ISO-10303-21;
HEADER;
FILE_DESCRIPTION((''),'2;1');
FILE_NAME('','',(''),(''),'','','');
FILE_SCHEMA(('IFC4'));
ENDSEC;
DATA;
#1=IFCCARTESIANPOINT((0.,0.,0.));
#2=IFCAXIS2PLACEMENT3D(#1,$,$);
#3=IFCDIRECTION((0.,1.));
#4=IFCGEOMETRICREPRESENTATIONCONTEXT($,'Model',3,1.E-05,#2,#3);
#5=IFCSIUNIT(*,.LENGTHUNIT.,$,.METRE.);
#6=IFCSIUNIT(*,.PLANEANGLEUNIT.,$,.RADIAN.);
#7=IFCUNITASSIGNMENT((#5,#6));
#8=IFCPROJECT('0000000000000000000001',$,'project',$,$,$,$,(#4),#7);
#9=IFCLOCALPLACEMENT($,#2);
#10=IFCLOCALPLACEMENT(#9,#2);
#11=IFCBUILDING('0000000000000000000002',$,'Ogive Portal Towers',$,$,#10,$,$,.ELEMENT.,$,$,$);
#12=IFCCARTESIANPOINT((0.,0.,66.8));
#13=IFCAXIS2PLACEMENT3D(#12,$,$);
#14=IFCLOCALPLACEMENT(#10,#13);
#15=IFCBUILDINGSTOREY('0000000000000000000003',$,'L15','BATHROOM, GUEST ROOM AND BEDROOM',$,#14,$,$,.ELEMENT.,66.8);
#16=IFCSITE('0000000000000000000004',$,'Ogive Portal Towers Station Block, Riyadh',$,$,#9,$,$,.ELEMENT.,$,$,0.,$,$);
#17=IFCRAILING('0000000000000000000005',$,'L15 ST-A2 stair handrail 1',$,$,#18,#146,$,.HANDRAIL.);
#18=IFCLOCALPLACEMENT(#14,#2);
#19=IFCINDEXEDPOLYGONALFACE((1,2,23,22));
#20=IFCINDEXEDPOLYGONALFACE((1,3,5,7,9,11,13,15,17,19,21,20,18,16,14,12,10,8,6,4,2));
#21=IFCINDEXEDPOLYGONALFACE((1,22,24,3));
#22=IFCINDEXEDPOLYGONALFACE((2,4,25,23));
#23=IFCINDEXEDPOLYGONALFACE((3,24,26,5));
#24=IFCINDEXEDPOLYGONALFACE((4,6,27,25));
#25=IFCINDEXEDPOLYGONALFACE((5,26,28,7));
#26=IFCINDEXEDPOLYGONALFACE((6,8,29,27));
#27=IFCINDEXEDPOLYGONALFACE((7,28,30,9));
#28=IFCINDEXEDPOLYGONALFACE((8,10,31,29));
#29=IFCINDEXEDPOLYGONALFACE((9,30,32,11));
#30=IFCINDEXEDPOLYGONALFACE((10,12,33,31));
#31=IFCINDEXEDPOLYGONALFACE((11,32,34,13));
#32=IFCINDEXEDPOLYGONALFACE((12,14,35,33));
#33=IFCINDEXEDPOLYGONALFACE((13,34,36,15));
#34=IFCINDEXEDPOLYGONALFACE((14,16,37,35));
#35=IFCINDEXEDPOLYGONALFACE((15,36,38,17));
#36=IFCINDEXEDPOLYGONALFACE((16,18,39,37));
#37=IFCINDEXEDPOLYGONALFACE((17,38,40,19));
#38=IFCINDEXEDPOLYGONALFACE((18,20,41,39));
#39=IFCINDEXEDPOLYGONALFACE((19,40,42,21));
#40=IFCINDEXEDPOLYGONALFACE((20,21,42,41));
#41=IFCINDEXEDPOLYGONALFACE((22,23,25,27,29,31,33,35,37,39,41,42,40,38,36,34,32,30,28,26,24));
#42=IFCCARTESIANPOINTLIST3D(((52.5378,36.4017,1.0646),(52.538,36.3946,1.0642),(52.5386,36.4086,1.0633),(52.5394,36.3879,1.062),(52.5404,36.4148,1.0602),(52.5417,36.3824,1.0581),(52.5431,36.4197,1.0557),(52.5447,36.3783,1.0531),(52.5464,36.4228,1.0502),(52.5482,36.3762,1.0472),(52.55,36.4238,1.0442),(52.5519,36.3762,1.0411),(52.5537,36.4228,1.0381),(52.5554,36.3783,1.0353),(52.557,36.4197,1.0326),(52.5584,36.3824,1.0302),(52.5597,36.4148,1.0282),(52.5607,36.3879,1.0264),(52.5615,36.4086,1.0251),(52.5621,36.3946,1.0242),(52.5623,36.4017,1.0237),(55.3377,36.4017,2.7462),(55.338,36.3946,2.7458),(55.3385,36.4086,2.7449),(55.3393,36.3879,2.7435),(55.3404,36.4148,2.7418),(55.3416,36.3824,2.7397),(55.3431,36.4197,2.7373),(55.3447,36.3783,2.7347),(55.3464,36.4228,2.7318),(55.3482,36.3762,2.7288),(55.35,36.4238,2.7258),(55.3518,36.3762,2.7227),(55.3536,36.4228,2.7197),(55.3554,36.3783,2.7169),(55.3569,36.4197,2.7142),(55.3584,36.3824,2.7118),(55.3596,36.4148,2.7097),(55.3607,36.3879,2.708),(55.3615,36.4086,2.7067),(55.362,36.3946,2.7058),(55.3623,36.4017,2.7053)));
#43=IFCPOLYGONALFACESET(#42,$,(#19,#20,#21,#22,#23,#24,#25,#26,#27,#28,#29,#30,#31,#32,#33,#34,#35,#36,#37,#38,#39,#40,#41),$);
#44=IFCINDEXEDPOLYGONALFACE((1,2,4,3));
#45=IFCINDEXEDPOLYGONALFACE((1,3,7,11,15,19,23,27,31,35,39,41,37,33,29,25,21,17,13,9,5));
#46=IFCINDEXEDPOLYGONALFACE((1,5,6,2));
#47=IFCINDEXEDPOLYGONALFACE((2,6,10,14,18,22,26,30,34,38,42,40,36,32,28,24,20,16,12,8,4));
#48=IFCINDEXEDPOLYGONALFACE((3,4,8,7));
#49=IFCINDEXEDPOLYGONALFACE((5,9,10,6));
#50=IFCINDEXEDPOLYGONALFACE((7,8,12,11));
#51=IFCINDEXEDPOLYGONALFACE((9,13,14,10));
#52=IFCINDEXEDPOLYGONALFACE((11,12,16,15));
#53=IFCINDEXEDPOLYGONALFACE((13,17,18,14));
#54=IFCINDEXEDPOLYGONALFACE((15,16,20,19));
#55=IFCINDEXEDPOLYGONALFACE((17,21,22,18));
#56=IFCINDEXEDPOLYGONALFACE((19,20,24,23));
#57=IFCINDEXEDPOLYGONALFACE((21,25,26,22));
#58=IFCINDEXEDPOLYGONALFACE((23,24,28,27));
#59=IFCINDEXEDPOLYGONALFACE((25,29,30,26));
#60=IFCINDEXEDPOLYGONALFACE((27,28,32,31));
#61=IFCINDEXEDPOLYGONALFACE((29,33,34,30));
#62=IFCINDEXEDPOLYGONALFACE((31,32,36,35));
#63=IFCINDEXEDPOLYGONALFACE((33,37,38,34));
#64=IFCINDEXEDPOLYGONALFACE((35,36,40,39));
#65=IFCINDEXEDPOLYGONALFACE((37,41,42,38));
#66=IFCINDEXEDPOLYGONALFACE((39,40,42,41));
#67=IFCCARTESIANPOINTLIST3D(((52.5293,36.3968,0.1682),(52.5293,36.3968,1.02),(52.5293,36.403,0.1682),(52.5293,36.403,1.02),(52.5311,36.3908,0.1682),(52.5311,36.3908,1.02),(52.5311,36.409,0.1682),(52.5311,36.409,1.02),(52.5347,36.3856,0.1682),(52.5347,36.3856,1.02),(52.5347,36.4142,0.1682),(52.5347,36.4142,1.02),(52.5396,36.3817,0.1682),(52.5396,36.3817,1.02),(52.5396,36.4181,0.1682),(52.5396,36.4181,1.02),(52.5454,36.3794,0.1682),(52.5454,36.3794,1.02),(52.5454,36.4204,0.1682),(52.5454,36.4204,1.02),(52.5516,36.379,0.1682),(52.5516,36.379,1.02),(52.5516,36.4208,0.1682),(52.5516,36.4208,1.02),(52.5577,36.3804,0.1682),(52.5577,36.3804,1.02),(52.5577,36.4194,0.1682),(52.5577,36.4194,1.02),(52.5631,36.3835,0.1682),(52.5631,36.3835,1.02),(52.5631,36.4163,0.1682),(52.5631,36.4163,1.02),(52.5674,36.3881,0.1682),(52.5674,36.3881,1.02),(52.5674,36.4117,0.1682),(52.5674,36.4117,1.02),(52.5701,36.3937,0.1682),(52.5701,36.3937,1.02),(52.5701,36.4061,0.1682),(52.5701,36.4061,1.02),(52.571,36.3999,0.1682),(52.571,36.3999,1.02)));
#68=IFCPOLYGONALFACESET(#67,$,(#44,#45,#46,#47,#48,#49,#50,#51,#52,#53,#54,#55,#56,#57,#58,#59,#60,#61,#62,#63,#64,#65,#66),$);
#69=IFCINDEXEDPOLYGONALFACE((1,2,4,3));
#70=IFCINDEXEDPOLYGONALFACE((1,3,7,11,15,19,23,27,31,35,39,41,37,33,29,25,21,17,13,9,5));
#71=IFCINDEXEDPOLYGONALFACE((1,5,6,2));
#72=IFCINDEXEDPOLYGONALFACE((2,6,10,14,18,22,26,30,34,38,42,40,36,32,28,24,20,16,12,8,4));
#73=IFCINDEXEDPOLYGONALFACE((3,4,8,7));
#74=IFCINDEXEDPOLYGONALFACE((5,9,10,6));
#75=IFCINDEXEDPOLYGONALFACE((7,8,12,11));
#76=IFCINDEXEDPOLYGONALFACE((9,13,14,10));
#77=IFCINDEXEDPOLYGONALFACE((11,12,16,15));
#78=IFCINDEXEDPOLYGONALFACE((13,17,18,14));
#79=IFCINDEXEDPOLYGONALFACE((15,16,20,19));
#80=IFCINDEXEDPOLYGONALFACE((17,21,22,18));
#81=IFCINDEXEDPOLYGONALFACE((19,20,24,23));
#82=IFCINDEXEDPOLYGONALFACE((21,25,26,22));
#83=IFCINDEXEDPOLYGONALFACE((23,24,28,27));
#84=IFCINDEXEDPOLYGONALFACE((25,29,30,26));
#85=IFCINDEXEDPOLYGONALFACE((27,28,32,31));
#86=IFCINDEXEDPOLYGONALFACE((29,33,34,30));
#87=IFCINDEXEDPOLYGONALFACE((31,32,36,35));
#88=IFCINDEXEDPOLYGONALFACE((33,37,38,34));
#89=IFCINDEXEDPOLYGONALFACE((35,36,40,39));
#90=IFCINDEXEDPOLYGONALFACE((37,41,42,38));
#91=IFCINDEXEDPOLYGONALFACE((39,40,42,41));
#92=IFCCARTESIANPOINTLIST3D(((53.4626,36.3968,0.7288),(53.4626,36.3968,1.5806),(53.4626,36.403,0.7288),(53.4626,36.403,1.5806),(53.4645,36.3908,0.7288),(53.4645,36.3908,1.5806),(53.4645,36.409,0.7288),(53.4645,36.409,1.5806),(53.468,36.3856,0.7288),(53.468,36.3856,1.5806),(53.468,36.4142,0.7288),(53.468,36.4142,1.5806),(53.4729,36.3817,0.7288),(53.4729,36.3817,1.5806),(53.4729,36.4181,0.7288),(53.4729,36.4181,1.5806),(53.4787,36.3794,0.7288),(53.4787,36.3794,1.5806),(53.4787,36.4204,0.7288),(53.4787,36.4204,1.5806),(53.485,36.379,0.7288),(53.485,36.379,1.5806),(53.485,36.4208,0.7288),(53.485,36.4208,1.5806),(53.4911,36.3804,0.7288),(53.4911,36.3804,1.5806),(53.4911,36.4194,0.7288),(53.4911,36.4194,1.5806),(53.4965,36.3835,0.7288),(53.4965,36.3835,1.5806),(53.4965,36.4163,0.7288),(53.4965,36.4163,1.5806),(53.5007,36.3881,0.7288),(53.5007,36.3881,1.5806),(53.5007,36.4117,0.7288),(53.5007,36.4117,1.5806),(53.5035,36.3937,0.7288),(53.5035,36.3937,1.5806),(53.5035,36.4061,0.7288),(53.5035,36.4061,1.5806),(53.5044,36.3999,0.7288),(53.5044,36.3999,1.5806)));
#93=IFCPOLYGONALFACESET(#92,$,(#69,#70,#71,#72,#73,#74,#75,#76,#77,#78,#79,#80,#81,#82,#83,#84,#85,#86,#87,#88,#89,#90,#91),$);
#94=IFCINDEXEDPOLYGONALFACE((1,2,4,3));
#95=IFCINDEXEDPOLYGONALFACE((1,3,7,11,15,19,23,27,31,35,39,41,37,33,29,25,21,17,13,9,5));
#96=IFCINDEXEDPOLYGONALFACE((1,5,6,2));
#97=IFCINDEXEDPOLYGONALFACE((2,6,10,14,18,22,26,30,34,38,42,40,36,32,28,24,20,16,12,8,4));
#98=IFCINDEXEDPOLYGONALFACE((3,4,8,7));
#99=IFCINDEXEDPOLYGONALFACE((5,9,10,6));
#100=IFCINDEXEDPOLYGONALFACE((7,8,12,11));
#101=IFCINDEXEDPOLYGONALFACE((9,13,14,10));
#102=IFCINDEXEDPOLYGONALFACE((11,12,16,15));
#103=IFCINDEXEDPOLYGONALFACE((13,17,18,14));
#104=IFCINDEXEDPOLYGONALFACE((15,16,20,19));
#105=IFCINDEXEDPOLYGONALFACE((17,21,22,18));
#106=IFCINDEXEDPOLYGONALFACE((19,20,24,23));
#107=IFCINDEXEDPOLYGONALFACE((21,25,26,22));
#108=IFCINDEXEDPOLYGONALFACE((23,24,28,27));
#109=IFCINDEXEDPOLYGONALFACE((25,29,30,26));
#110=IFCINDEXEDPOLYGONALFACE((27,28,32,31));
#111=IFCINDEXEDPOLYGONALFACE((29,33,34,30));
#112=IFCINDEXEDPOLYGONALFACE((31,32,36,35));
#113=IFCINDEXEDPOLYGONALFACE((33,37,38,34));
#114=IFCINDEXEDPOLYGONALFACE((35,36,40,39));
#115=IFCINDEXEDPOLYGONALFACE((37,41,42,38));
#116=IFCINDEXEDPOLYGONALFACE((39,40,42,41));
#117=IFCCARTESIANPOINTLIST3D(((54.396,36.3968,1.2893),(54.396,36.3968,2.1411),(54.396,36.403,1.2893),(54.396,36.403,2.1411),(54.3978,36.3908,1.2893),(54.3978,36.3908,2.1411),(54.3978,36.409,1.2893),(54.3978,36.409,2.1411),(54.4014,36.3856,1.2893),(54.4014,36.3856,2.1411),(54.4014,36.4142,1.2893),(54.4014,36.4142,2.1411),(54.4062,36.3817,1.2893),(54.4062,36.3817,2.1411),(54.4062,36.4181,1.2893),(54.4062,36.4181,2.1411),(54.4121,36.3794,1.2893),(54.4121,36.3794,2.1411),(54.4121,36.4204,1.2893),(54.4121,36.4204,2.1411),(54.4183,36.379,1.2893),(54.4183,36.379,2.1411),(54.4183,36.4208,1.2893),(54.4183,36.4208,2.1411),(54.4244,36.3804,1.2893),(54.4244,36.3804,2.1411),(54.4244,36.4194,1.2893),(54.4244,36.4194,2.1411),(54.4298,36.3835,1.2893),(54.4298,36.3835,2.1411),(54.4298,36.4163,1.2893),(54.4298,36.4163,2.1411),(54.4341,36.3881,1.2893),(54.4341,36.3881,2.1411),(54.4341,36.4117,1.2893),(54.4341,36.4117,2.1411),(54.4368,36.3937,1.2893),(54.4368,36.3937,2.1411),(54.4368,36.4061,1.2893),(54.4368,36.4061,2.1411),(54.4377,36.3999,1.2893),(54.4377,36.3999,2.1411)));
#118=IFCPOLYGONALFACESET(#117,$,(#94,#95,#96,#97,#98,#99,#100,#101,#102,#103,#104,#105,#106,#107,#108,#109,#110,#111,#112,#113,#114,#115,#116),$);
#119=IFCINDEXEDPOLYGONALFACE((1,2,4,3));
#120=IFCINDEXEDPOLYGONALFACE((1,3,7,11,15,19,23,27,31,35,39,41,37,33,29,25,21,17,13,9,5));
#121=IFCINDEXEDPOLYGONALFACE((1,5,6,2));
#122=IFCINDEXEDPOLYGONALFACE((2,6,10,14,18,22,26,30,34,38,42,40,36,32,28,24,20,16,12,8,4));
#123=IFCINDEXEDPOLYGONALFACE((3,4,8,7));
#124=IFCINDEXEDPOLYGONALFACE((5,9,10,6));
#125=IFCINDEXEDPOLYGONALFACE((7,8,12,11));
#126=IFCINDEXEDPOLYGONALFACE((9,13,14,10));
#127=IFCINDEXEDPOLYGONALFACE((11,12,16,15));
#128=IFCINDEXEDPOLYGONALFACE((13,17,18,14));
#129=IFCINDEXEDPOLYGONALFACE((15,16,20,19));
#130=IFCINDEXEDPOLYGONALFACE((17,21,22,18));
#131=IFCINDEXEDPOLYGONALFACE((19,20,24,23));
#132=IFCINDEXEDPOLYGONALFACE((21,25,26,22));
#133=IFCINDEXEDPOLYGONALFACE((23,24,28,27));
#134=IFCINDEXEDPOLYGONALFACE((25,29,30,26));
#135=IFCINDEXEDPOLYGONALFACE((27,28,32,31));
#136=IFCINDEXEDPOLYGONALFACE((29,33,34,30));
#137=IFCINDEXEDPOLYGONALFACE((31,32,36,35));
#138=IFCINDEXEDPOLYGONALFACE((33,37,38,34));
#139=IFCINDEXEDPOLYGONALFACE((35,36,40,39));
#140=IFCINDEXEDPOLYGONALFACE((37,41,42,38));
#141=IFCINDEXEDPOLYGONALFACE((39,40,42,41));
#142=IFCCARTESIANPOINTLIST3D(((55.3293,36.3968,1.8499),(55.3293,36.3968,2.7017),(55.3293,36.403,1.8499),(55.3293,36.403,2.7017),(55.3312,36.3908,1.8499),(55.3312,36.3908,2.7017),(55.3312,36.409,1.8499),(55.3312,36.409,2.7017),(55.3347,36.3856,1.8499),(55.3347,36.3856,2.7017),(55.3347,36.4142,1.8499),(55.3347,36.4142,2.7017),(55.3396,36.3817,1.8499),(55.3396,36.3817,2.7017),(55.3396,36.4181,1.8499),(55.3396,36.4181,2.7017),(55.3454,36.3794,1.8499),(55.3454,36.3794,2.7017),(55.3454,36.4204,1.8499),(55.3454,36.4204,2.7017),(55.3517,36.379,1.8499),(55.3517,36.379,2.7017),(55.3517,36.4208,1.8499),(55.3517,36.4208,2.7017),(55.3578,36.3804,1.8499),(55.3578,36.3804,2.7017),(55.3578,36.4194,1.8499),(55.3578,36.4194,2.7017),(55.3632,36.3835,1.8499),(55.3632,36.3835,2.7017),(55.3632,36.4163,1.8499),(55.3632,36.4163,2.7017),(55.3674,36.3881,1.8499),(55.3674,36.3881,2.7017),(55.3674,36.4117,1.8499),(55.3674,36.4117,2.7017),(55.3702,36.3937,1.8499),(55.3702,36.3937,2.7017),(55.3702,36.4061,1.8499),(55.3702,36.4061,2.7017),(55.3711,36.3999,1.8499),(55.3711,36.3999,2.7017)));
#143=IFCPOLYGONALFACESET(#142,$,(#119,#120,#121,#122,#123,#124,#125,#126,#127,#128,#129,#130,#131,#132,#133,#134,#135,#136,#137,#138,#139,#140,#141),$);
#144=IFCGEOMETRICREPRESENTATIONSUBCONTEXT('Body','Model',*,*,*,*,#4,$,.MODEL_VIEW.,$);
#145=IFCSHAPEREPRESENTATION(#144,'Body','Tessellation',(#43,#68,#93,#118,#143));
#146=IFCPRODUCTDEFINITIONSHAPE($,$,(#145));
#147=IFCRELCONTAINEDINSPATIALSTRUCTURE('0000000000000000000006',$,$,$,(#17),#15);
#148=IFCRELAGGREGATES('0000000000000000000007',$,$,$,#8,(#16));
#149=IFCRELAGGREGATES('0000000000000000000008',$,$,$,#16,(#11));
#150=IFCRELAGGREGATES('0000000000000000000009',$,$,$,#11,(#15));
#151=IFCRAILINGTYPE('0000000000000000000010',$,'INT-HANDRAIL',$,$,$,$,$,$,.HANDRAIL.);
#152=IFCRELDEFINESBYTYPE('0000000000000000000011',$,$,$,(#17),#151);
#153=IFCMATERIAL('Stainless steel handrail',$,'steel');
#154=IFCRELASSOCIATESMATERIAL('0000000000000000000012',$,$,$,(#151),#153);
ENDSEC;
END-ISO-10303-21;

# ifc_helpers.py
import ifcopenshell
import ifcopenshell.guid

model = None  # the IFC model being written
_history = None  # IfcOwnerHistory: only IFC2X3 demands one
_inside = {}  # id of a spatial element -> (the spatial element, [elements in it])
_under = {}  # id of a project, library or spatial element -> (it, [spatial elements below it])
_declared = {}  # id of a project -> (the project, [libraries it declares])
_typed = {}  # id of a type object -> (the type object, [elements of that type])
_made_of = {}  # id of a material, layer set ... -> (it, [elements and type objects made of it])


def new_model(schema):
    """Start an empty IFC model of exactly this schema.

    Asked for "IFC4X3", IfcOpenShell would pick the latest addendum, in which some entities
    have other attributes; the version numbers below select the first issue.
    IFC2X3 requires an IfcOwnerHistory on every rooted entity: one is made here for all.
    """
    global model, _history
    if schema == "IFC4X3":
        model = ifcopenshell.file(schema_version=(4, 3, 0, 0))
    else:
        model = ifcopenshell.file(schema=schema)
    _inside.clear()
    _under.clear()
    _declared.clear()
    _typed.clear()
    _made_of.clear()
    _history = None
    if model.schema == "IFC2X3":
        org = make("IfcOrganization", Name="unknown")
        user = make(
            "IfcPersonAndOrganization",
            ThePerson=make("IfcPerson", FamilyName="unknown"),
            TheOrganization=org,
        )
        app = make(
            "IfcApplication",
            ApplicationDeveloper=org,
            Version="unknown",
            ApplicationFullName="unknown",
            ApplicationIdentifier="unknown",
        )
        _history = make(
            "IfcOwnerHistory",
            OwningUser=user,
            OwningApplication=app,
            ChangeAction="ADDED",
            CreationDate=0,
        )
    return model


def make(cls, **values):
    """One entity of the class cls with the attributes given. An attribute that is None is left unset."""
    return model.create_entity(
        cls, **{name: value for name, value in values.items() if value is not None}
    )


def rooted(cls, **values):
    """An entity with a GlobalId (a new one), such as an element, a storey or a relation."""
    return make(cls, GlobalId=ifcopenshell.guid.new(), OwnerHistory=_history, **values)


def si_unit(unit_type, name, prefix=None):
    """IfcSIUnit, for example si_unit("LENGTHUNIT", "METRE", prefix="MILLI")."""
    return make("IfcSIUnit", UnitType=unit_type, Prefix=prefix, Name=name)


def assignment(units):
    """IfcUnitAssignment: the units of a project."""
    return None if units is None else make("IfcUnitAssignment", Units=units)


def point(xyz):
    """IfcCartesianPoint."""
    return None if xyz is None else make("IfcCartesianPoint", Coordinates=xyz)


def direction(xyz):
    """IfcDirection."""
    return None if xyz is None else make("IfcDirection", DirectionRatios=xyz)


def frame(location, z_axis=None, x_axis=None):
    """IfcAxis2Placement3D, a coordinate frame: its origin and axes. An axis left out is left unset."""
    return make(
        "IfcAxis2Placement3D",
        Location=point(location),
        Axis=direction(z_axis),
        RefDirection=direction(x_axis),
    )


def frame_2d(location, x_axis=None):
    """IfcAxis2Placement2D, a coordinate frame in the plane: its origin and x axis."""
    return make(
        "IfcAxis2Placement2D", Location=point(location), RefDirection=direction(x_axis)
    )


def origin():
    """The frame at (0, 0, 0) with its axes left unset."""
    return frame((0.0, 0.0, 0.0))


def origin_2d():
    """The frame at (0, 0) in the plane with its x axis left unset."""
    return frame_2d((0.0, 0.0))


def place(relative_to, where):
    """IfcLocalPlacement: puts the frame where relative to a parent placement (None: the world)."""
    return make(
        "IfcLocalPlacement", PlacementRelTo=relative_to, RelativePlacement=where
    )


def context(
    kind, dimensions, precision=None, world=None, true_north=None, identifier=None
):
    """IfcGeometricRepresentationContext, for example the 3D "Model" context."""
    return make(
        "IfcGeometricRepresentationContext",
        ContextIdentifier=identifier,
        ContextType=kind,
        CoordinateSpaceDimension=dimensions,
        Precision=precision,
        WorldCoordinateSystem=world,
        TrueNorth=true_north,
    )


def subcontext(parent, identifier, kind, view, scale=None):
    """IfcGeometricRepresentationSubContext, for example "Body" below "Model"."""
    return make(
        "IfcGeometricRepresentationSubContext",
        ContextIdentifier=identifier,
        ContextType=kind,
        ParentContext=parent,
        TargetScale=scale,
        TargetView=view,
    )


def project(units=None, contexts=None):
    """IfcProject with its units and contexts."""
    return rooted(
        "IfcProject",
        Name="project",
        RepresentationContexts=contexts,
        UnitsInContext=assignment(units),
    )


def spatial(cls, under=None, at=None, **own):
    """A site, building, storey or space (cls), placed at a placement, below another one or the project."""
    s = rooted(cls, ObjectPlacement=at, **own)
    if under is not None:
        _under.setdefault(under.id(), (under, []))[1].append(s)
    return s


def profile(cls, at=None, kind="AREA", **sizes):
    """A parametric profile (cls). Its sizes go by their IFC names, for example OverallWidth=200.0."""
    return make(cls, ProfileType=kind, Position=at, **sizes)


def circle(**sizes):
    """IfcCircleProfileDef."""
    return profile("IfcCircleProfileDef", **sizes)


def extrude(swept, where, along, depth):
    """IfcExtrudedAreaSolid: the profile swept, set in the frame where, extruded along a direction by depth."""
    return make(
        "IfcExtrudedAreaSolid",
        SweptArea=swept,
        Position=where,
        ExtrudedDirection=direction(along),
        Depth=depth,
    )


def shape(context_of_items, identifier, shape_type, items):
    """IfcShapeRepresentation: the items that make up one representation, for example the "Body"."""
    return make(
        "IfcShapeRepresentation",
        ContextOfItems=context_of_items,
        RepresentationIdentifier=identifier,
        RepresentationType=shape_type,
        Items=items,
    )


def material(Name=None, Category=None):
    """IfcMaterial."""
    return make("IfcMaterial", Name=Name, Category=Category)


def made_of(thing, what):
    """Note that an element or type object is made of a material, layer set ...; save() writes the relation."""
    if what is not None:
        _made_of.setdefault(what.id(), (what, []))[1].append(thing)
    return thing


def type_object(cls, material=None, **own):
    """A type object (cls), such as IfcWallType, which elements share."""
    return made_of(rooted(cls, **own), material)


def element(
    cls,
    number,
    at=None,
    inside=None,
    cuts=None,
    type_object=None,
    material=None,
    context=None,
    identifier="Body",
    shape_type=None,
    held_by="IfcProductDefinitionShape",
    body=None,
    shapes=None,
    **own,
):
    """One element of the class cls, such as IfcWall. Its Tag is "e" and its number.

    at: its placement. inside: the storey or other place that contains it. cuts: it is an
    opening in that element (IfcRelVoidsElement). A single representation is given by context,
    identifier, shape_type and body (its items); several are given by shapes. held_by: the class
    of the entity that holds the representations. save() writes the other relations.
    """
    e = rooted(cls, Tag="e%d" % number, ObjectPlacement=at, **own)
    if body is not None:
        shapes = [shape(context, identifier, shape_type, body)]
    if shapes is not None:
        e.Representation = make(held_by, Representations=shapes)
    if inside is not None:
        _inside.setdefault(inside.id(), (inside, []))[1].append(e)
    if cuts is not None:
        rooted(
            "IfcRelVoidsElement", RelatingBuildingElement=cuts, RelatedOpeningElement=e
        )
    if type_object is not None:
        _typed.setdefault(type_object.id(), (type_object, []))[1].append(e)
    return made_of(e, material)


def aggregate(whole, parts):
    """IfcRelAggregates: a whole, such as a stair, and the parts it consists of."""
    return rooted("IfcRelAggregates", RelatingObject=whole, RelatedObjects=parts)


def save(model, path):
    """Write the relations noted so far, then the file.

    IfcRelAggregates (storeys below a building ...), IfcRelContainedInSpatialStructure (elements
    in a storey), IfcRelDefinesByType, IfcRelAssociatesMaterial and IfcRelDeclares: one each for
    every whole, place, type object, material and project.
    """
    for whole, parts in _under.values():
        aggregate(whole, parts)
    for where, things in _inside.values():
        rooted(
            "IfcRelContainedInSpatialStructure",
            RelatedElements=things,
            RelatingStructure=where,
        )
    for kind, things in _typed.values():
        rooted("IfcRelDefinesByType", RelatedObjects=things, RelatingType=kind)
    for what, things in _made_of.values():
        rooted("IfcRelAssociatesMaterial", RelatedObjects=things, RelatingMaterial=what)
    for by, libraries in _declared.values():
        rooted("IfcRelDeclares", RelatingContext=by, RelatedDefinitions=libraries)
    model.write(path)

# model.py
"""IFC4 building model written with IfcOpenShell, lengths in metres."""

from ifc_helpers import new_model, si_unit, direction, frame, origin, origin_2d, place, context, subcontext, project, spatial, circle, extrude, material, type_object, element, save


model = new_model("IFC4")

# Units and contexts
model_context = context("Model", 3, precision=1e-05, world=origin(), true_north=direction((0.0, 1.0)))
body_context = subcontext(model_context, "Body", "Model", "MODEL_VIEW")
ifc_project = project(units=[si_unit("LENGTHUNIT", "METRE"), si_unit("PLANEANGLEUNIT", "RADIAN")], contexts=[model_context])

# Site, building, storey
site_placement = place(None, origin())
site = spatial("IfcSite", under=ifc_project, at=site_placement, Name="Ogive Portal Towers Station Block, Riyadh", CompositionType="ELEMENT", RefElevation=0.0)
building_placement = place(site_placement, origin())
building = spatial("IfcBuilding", under=site, at=building_placement, Name="Ogive Portal Towers", CompositionType="ELEMENT")
storey_placement = place(building_placement, frame((0.0, 0.0, 66.8)))
storey = spatial("IfcBuildingStorey", under=building, at=storey_placement, Name="L15", Description="BATHROOM, GUEST ROOM AND BEDROOM", CompositionType="ELEMENT", Elevation=66.8)

# Railing
ifc_material_1 = material(Name="Stainless steel handrail", Category="steel")
railing_type_1 = type_object("IfcRailingType", Name="INT-HANDRAIL", PredefinedType="HANDRAIL", material=ifc_material_1)
railing_1_placement = place(storey_placement, frame((52.55, 36.3999, 0.1682)))
element("IfcRailing", 1, at=railing_1_placement, inside=storey, type_object=railing_type_1, Name="L15 ST-A2 stair handrail 1", PredefinedType="HANDRAIL", context=body_context, shape_type="SweptSolid", body=[
    extrude(circle(Radius=0.0239, at=origin_2d()), frame((0.0, 0.0, 0.876), z_axis=(0.857275, 0.0, 0.514858), x_axis=(0.0, 1.0, 0.0)), (0.0, 0.0, 1.0), 3.2661),
    extrude(circle(Radius=0.021, at=origin_2d()), origin(), (0.0, 0.0, 1.0), 0.8518),
    extrude(circle(Radius=0.021, at=origin_2d()), frame((0.9333, 0.0, 0.5605)), (0.0, 0.0, 1.0), 0.8518),
    extrude(circle(Radius=0.021, at=origin_2d()), frame((1.8667, 0.0, 1.1211)), (0.0, 0.0, 1.0), 0.8518),
    extrude(circle(Radius=0.021, at=origin_2d()), frame((2.8, 0.0, 1.6816)), (0.0, 0.0, 1.0), 0.8518),
])

save(model, "model.ifc")
